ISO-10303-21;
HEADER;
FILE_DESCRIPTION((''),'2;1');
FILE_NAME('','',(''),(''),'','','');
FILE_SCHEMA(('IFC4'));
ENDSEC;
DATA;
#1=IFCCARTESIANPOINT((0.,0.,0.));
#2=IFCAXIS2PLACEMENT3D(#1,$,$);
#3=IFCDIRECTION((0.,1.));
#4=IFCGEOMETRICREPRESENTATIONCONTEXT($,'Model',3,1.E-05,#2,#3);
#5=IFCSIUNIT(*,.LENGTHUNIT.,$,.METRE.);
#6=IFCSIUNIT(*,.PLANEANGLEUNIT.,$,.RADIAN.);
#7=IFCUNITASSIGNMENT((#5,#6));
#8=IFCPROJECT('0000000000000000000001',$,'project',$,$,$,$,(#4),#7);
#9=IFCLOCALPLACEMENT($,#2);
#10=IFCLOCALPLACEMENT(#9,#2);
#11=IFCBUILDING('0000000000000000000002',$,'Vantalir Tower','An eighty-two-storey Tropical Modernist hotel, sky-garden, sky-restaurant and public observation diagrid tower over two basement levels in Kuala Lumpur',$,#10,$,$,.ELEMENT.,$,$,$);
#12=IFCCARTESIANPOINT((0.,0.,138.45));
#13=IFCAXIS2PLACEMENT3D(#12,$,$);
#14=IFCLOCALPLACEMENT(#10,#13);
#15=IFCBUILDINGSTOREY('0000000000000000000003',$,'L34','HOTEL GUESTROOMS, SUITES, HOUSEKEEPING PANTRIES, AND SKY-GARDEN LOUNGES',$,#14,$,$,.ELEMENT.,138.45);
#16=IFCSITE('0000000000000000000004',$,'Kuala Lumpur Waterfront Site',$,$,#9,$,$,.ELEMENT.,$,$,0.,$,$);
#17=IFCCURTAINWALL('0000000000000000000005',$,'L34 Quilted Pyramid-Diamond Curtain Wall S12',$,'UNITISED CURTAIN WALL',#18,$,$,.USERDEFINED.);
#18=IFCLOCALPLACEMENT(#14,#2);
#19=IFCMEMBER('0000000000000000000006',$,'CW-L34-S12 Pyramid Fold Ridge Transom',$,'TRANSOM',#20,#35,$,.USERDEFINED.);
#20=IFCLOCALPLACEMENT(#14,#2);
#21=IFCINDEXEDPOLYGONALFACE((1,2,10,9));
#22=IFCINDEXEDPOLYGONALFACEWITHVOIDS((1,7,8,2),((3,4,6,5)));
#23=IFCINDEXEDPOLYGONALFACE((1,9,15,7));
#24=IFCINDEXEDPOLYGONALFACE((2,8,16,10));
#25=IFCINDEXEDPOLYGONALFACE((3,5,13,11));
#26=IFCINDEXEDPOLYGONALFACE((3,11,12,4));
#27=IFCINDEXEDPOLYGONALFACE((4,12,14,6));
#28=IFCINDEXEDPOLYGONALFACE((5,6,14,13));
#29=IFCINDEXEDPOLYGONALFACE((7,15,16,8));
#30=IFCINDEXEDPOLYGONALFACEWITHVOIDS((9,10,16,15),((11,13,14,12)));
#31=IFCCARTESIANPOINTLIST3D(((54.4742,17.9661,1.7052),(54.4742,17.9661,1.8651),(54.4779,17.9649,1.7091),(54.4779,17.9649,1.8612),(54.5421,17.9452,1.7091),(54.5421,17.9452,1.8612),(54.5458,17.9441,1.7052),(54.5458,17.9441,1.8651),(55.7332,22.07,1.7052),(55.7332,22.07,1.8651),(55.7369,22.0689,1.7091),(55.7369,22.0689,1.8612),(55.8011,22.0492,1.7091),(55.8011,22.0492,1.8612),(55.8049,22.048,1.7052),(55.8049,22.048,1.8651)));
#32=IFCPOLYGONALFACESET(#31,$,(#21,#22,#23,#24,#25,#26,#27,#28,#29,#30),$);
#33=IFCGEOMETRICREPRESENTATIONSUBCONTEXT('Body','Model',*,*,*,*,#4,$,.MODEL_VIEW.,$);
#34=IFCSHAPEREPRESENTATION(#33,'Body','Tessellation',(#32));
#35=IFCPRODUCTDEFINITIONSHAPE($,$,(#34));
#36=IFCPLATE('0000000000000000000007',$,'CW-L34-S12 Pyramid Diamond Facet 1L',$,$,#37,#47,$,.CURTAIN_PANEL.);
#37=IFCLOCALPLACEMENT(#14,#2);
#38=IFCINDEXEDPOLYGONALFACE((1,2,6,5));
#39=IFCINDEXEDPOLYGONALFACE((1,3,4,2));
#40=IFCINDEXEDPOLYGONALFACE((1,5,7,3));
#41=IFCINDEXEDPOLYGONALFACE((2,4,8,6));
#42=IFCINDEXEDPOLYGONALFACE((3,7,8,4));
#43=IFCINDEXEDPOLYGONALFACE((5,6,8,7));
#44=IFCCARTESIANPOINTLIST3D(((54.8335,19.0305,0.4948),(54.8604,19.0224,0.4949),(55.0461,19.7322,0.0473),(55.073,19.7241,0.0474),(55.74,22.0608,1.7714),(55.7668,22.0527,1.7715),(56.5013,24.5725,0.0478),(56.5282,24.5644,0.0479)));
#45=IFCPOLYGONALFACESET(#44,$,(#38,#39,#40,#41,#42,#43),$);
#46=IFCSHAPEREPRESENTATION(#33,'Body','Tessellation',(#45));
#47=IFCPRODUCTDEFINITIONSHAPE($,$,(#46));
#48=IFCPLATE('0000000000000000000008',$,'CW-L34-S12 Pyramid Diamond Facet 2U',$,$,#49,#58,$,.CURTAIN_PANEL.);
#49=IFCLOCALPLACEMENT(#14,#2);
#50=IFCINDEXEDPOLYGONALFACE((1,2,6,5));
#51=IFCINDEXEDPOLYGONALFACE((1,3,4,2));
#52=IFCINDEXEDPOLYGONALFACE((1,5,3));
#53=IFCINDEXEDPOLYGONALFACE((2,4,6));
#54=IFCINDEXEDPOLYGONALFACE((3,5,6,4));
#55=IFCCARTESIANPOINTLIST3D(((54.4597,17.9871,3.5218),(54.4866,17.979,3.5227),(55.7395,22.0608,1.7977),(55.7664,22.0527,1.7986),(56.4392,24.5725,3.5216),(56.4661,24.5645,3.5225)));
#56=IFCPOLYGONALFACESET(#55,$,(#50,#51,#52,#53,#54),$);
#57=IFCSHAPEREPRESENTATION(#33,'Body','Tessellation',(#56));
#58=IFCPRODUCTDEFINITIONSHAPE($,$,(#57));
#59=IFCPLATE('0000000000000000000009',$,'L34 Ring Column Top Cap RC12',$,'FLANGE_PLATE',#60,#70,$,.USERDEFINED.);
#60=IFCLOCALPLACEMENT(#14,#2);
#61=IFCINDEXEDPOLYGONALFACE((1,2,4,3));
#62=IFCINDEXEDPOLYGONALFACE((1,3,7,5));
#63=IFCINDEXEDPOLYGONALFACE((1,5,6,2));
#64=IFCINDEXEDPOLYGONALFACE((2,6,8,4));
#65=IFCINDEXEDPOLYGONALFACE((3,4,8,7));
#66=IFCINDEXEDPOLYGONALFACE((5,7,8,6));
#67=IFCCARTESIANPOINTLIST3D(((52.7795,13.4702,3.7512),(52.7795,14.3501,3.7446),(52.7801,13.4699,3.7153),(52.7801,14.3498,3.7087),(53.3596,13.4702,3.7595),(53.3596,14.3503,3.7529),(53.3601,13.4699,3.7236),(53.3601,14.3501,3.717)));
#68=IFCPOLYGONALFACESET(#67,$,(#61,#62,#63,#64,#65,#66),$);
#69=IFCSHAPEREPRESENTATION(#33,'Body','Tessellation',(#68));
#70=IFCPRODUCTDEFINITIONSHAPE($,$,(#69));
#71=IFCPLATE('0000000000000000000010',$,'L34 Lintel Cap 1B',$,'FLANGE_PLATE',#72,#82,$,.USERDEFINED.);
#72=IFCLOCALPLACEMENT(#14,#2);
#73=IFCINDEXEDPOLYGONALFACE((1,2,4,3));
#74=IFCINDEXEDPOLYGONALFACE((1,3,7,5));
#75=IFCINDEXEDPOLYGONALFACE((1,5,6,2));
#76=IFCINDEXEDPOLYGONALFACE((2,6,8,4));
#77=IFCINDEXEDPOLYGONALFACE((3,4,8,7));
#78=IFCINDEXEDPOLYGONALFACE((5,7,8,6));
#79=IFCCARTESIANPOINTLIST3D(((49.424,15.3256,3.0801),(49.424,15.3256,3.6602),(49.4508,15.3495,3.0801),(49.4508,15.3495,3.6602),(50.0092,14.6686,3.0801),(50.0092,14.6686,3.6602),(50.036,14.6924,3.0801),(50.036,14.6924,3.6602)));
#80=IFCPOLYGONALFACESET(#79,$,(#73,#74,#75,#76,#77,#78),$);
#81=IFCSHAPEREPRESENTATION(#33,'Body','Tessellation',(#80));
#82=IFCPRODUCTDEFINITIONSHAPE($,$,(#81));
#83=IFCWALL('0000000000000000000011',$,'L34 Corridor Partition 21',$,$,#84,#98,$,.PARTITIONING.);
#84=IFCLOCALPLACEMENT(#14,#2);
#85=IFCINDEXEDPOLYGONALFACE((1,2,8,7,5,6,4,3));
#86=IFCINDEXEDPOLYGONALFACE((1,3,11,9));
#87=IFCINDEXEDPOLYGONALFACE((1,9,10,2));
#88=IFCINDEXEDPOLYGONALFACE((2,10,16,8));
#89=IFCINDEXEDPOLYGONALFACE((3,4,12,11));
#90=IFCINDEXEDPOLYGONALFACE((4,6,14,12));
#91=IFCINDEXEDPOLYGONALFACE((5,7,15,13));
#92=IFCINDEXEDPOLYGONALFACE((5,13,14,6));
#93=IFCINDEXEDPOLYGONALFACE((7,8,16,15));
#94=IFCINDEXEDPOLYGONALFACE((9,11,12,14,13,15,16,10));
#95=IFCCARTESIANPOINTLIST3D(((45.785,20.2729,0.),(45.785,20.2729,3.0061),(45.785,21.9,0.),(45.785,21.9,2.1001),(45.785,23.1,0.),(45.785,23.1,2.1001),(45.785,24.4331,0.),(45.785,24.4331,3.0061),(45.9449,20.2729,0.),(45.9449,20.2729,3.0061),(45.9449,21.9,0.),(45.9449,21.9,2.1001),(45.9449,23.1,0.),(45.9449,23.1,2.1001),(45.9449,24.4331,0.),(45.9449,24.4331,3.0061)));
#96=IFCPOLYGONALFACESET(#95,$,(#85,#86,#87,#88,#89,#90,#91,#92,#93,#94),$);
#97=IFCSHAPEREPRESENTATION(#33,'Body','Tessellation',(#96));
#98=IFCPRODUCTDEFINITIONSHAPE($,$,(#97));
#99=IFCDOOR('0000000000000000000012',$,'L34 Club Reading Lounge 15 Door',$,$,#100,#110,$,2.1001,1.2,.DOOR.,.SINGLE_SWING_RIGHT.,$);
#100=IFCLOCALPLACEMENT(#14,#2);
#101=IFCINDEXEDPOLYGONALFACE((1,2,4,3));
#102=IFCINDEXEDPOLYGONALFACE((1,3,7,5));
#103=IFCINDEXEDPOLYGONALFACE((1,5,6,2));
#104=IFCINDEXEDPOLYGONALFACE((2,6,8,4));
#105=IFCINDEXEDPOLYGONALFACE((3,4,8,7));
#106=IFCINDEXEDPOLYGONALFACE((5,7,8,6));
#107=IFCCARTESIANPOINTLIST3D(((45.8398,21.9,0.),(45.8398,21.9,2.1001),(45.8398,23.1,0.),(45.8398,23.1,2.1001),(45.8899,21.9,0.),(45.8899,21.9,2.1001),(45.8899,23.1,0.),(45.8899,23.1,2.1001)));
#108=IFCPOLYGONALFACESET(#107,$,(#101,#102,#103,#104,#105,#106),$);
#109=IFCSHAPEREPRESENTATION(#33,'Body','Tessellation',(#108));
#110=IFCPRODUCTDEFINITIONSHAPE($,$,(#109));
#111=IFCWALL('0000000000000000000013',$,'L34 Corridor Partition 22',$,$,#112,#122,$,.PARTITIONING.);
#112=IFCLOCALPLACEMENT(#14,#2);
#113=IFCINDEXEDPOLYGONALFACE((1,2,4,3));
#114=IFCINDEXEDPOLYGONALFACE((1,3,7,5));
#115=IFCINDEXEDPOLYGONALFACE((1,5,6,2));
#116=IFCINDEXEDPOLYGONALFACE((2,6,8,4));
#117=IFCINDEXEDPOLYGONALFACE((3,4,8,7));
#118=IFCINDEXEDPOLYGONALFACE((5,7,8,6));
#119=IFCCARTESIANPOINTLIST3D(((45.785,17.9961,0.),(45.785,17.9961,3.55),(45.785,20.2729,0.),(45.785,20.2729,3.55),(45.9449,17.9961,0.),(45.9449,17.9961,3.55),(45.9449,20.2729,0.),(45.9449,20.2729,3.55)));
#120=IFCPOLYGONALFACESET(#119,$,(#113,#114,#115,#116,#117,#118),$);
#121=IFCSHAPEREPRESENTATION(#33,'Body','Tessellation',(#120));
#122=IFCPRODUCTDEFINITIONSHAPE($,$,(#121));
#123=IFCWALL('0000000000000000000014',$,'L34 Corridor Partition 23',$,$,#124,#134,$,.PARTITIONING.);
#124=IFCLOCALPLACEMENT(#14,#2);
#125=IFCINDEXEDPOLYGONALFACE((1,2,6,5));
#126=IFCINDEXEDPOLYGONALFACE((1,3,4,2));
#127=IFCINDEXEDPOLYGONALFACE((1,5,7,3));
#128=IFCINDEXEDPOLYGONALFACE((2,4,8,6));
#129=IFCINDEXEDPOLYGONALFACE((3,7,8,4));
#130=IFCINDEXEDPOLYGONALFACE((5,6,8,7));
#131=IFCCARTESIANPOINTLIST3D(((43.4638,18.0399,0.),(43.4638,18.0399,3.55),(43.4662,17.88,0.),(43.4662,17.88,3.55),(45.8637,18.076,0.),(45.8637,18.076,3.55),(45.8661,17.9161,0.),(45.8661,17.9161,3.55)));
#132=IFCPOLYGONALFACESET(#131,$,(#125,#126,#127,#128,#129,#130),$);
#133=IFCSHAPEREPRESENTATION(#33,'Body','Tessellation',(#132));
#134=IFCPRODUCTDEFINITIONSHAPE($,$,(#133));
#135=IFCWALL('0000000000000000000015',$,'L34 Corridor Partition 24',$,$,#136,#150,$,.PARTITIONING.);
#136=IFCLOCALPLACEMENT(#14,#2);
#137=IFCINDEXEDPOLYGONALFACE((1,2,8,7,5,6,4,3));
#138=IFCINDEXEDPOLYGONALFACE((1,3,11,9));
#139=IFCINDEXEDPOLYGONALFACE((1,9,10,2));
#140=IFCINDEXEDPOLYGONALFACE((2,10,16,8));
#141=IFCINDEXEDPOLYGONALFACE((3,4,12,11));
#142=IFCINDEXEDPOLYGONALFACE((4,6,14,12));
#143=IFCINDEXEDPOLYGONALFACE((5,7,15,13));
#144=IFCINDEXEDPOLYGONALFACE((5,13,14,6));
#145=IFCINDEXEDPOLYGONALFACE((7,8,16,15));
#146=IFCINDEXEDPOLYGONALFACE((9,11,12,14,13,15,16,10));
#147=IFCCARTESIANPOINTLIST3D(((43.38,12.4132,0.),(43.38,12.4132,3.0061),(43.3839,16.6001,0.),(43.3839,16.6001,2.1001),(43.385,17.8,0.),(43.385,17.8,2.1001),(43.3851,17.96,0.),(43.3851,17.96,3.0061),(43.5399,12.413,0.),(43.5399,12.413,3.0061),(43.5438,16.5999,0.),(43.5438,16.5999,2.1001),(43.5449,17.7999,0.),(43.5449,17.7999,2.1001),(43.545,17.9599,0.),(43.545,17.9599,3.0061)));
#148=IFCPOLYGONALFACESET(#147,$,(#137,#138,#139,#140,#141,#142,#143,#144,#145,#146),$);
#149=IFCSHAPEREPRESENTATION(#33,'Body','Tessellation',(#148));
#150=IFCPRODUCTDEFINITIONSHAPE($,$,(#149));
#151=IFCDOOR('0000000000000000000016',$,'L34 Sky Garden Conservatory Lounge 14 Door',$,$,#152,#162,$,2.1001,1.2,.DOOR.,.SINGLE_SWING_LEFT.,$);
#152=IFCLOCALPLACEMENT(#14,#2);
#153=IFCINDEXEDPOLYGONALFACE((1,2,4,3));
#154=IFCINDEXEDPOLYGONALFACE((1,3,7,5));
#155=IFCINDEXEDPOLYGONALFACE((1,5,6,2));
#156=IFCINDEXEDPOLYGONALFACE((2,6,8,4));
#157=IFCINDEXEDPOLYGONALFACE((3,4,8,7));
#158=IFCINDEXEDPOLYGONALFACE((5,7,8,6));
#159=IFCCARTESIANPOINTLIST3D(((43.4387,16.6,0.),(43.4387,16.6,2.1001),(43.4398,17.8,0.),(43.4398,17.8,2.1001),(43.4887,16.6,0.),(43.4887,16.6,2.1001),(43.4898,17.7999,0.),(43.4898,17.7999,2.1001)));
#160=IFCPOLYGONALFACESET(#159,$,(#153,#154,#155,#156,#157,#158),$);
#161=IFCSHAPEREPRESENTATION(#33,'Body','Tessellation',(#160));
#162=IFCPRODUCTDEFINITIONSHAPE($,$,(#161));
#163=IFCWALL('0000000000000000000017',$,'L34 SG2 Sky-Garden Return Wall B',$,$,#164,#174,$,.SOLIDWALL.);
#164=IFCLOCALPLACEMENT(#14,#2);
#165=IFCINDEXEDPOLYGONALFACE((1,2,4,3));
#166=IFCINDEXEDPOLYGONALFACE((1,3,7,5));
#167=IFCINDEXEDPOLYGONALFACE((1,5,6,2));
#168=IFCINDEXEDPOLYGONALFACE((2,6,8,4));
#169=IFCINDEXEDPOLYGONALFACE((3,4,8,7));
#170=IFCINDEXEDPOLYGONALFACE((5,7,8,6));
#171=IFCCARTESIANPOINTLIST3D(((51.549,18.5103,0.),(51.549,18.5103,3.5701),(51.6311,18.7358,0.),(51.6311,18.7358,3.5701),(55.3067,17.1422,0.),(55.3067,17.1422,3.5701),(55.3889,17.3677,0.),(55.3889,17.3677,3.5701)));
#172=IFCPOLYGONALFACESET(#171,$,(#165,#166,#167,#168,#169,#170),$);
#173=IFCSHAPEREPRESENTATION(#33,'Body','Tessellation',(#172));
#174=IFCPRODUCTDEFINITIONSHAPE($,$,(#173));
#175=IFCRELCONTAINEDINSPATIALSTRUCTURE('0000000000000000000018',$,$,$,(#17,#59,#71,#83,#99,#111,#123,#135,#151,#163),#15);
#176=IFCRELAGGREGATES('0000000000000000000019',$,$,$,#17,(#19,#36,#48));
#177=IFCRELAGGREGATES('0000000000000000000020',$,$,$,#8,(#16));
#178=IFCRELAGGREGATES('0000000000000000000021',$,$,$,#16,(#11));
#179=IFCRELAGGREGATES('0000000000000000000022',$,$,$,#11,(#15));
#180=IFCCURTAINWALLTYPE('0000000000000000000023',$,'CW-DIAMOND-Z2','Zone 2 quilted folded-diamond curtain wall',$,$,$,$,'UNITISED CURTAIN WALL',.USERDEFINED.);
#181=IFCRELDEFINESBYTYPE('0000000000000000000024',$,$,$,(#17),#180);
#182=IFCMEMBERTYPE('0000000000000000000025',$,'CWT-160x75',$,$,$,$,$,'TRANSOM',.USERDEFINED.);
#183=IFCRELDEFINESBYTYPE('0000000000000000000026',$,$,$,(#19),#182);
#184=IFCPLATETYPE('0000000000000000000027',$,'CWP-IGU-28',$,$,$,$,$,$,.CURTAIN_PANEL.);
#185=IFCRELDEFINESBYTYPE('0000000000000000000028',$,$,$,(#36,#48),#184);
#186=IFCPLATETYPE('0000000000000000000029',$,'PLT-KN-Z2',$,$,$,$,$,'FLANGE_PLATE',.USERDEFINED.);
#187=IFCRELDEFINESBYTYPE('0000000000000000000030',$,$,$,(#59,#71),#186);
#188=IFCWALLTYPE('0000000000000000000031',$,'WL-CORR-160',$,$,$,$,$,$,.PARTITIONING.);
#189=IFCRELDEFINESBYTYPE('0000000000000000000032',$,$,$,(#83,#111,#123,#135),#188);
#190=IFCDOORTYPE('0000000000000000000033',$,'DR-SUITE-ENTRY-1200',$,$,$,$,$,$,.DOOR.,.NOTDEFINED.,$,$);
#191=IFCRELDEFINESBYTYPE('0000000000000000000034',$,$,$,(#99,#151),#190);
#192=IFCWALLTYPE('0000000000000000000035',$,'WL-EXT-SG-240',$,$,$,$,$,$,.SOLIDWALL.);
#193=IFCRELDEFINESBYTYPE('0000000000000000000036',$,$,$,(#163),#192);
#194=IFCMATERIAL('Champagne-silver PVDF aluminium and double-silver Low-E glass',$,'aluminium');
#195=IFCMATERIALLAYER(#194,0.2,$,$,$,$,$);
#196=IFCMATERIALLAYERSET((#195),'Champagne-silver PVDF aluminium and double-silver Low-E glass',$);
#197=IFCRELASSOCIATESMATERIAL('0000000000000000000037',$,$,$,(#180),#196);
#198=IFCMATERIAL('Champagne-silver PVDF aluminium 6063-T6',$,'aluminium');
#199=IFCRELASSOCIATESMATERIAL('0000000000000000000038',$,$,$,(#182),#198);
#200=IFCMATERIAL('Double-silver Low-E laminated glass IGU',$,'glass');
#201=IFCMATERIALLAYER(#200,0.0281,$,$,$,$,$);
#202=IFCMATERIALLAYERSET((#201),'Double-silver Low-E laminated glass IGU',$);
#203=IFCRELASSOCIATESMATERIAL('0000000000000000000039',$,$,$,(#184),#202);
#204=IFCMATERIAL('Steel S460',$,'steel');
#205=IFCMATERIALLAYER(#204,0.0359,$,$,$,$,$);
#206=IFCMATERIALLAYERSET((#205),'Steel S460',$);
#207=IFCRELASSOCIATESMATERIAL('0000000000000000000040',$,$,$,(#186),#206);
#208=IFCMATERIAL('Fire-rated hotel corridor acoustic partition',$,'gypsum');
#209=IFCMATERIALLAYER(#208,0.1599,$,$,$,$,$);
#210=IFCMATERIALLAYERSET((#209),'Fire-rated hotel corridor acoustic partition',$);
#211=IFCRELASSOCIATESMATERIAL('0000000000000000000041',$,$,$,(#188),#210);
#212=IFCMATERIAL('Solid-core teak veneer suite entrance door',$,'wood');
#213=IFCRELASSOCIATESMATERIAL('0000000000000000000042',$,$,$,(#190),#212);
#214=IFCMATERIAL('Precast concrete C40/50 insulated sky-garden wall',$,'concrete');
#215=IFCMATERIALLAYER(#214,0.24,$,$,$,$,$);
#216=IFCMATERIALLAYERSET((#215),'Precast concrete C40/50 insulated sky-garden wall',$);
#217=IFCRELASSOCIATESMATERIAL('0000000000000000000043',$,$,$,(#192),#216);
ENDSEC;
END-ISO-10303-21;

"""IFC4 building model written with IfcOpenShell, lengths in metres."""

from ifc_helpers import new_model, si_unit, direction, frame, frame_2d, origin, origin_2d, place, context, subcontext, project, spatial, polyline, rectangle, hollow_rectangle, outline, extrude, material, layer, layer_set, material_profile, profile_set, type_object, element, fill, aggregate, save


model = new_model("IFC4")

# Units and contexts
model_context = context("Model", 3, precision=1e-05, world=origin(), true_north=direction((0.0, 1.0)))
body_context = subcontext(model_context, "Body", "Model", "MODEL_VIEW")
ifc_project = project(units=[si_unit("LENGTHUNIT", "METRE"), si_unit("PLANEANGLEUNIT", "RADIAN")], contexts=[model_context])

# Site, building, storey
site_placement = place(None, origin())
site = spatial("IfcSite", under=ifc_project, at=site_placement, Name="Kuala Lumpur Waterfront Site", CompositionType="ELEMENT", RefElevation=0.0)
building_placement = place(site_placement, origin())
building = spatial("IfcBuilding", under=site, at=building_placement, Name="Vantalir Tower", Description="An eighty-two-storey Tropical Modernist hotel, sky-garden, sky-restaurant and public observation diagrid tower over two basement levels in Kuala Lumpur", CompositionType="ELEMENT")
storey_placement = place(building_placement, frame((0.0, 0.0, 138.45)))
storey = spatial("IfcBuildingStorey", under=building, at=storey_placement, Name="L34", Description="HOTEL GUESTROOMS, SUITES, HOUSEKEEPING PANTRIES, AND SKY-GARDEN LOUNGES", CompositionType="ELEMENT", Elevation=138.45)

# Shared definitions
ifc_material_1 = material(Name="Steel S460", Category="steel")

# Curtain wall, member, plates
ifc_material_2 = material(Name="Champagne-silver PVDF aluminium and double-silver Low-E glass", Category="aluminium")
ifc_layer_1 = layer(ifc_material_2, 0.2)
ifc_layer_set_1 = layer_set([ifc_layer_1], Name="Champagne-silver PVDF aluminium and double-silver Low-E glass")
curtain_wall_type = type_object("IfcCurtainWallType", Name="CW-DIAMOND-Z2", Description="Zone 2 quilted folded-diamond curtain wall", ElementType="UNITISED CURTAIN WALL", PredefinedType="USERDEFINED", material=ifc_layer_set_1)
curtain_wall_placement = place(storey_placement, origin())
curtain_wall = element("IfcCurtainWall", 1, at=curtain_wall_placement, inside=storey, type_object=curtain_wall_type, Name="L34 Quilted Pyramid-Diamond Curtain Wall S12", ObjectType="UNITISED CURTAIN WALL", PredefinedType="USERDEFINED")
ifc_material_3 = material(Name="Champagne-silver PVDF aluminium 6063-T6", Category="aluminium")
ifc_material_profile_1 = material_profile(ifc_material_3, hollow_rectangle(XDim=0.075, YDim=0.1599, WallThickness=0.0039, at=origin_2d()), Name="Champagne-silver PVDF aluminium 6063-T6")
ifc_profile_set_1 = profile_set([ifc_material_profile_1], Name="Champagne-silver PVDF aluminium 6063-T6")
member_type_1 = type_object("IfcMemberType", Name="CWT-160x75", ElementType="TRANSOM", PredefinedType="USERDEFINED", material=ifc_profile_set_1)
member_1_placement = place(storey_placement, frame((54.51, 17.9551, 1.7852), z_axis=(0.29329, 0.956023, 0.0), x_axis=(-0.956023, 0.29329, 0.0)))
member_1 = element("IfcMember", 2, at=member_1_placement, type_object=member_type_1, Name="CW-L34-S12 Pyramid Fold Ridge Transom", ObjectType="TRANSOM", PredefinedType="USERDEFINED", context=body_context, shape_type="SweptSolid", body=[
    extrude(hollow_rectangle(XDim=0.075, YDim=0.1599, WallThickness=0.0039, at=origin_2d()), origin(), (0.0, 0.0, 1.0), 4.2927),
])
ifc_material_4 = material(Name="Double-silver Low-E laminated glass IGU", Category="glass")
ifc_layer_2 = layer(ifc_material_4, 0.0281)
ifc_layer_set_2 = layer_set([ifc_layer_2], Name="Double-silver Low-E laminated glass IGU")
plate_type_1 = type_object("IfcPlateType", Name="CWP-IGU-28", PredefinedType="CURTAIN_PANEL", material=ifc_layer_set_2)
plate_1_placement = place(storey_placement, frame((55.073, 19.7241, 0.0474), z_axis=(0.957653, -0.287904, 0.003451), x_axis=(0.287905, 0.957659, 0.000097)))
plate_1 = element("IfcPlate", 3, at=plate_1_placement, type_object=plate_type_1, Name="CW-L34-S12 Pyramid Diamond Facet 1L", PredefinedType="CURTAIN_PANEL", context=body_context, shape_type="SweptSolid", body=[
    extrude(outline(polyline([(0.0, 0.0), (5.0543, 0.0), (2.4299, 1.7239), (-0.7331, 0.4476), (0.0, 0.0)])), origin(), (0.0, 0.0, -1.0), 0.0281),
])
plate_2_placement = place(storey_placement, frame((56.4661, 24.5645, 3.5225), z_axis=(0.957221, -0.287726, 0.030694), x_axis=(-0.287862, -0.957672, 0.000036)))
plate_2 = element("IfcPlate", 4, at=plate_2_placement, type_object=plate_type_1, Name="CW-L34-S12 Pyramid Diamond Facet 2U", PredefinedType="CURTAIN_PANEL", context=body_context, shape_type="SweptSolid", body=[
    extrude(outline(polyline([(0.0, 0.0), (6.8765, 0.0), (2.6068, 1.7248), (0.0, 0.0)])), origin(), (0.0, 0.0, -1.0), 0.0281),
])
aggregate(curtain_wall, [member_1, plate_1, plate_2])

# Plates
ifc_layer_3 = layer(ifc_material_1, 0.0359)
ifc_layer_set_3 = layer_set([ifc_layer_3], Name="Steel S460")
plate_type_2 = type_object("IfcPlateType", Name="PLT-KN-Z2", ElementType="FLANGE_PLATE", PredefinedType="USERDEFINED", material=ifc_layer_set_3)
plate_3_placement = place(storey_placement, frame((52.7795, 14.3501, 3.7446), z_axis=(-0.014309, 0.00749, 0.99987), x_axis=(0.0, -0.999972, 0.00749)))
element("IfcPlate", 5, at=plate_3_placement, inside=storey, type_object=plate_type_2, Name="L34 Ring Column Top Cap RC12", ObjectType="FLANGE_PLATE", PredefinedType="USERDEFINED", context=body_context, shape_type="SweptSolid", body=[
    extrude(outline(polyline([(0.0, 0.0), (0.8799, 0.0), (0.88, 0.5801), (-0.0002, 0.5801), (0.0, 0.0)])), origin(), (0.0, 0.0, -1.0), 0.0359),
])
plate_4_placement = place(storey_placement, frame((49.73, 15.009, 3.0801), z_axis=(0.0, 0.0, 1.0), x_axis=(0.746801, 0.665048, 0.0)))
element("IfcPlate", 6, at=plate_4_placement, inside=storey, type_object=plate_type_2, Name="L34 Lintel Cap 1B", ObjectType="FLANGE_PLATE", PredefinedType="USERDEFINED", context=body_context, shape_type="SweptSolid", body=[
    extrude(rectangle(XDim=0.0359, YDim=0.8799, at=origin_2d()), origin(), (0.0, 0.0, 1.0), 0.5801),
])

# Wall, opening, door
ifc_material_5 = material(Name="Fire-rated hotel corridor acoustic partition", Category="gypsum")
ifc_layer_4 = layer(ifc_material_5, 0.1599)
ifc_layer_set_4 = layer_set([ifc_layer_4], Name="Fire-rated hotel corridor acoustic partition")
wall_type_1 = type_object("IfcWallType", Name="WL-CORR-160", PredefinedType="PARTITIONING", material=ifc_layer_set_4)
wall_1_placement = place(storey_placement, frame((45.865, 24.4331, 0.0), z_axis=(0.0, 0.0, 1.0), x_axis=(0.0, -1.0, 0.0)))
wall_1 = element("IfcWall", 7, at=wall_1_placement, inside=storey, type_object=wall_type_1, Name="L34 Corridor Partition 21", PredefinedType="PARTITIONING", context=body_context, shape_type="SweptSolid", body=[
    extrude(rectangle(XDim=4.1602, YDim=0.1599, at=frame_2d((2.0801, 0.0))), origin(), (0.0, 0.0, 1.0), 3.0061),
])
opening_1_placement = place(wall_1_placement, frame((1.333, 0.0, 0.0)))
opening_1 = element("IfcOpeningElement", 8, at=opening_1_placement, cuts=wall_1, PredefinedType="OPENING", context=body_context, shape_type="SweptSolid", body=[
    extrude(rectangle(XDim=1.2, YDim=2.1001, at=frame_2d((0.6001, 1.05))), frame((0.0, 0.0898, 0.0), z_axis=(0.0, -1.0, 0.0), x_axis=(1.0, 0.0, 0.0)), (0.0, 0.0, 1.0), 0.1799),
])
ifc_material_6 = material(Name="Solid-core teak veneer suite entrance door", Category="wood")
door_type_1 = type_object("IfcDoorType", Name="DR-SUITE-ENTRY-1200", OperationType="NOTDEFINED", PredefinedType="DOOR", material=ifc_material_6)
door_1_placement = place(opening_1_placement, origin())
door_1 = element("IfcDoor", 9, at=door_1_placement, inside=storey, type_object=door_type_1, Name="L34 Club Reading Lounge 15 Door", OperationType="SINGLE_SWING_RIGHT", OverallHeight=2.1001, OverallWidth=1.2, PredefinedType="DOOR", context=body_context, shape_type="SweptSolid", body=[
    extrude(rectangle(XDim=1.2, YDim=2.1001, at=frame_2d((0.6001, 1.05))), frame((0.0, 0.0249, 0.0), z_axis=(0.0, -1.0, 0.0), x_axis=(1.0, 0.0, 0.0)), (0.0, 0.0, 1.0), 0.05),
])
fill(opening_1, door_1)

# Walls
wall_2_placement = place(storey_placement, frame((45.865, 20.2729, 0.0), z_axis=(0.0, 0.0, 1.0), x_axis=(0.0, -1.0, 0.0)))
element("IfcWall", 10, at=wall_2_placement, inside=storey, type_object=wall_type_1, Name="L34 Corridor Partition 22", PredefinedType="PARTITIONING", context=body_context, shape_type="SweptSolid", body=[
    extrude(rectangle(XDim=2.2769, YDim=0.1599, at=frame_2d((1.1384, 0.0))), origin(), (0.0, 0.0, 1.0), 3.55),
])
wall_3_placement = place(storey_placement, frame((45.865, 17.9961, 0.0), z_axis=(0.0, 0.0, 1.0), x_axis=(-0.999887, -0.015054, 0.0)))
element("IfcWall", 11, at=wall_3_placement, inside=storey, type_object=wall_type_1, Name="L34 Corridor Partition 23", PredefinedType="PARTITIONING", context=body_context, shape_type="SweptSolid", body=[
    extrude(rectangle(XDim=2.4001, YDim=0.1599, at=frame_2d((1.2002, 0.0))), origin(), (0.0, 0.0, 1.0), 3.55),
])

# Wall, opening, door
wall_4_placement = place(storey_placement, frame((43.4651, 17.96, 0.0), z_axis=(0.0, 0.0, 1.0), x_axis=(-0.000924, -1.0, 0.0)))
wall_4 = element("IfcWall", 12, at=wall_4_placement, inside=storey, type_object=wall_type_1, Name="L34 Corridor Partition 24", PredefinedType="PARTITIONING", context=body_context, shape_type="SweptSolid", body=[
    extrude(rectangle(XDim=5.5469, YDim=0.1599, at=frame_2d((2.7734, 0.0))), origin(), (0.0, 0.0, 1.0), 3.0061),
])
opening_2_placement = place(wall_4_placement, frame((0.1599, 0.0, 0.0)))
opening_2 = element("IfcOpeningElement", 13, at=opening_2_placement, cuts=wall_4, PredefinedType="OPENING", context=body_context, shape_type="SweptSolid", body=[
    extrude(rectangle(XDim=1.2, YDim=2.1001, at=frame_2d((0.6001, 1.05))), frame((0.0, 0.0898, 0.0), z_axis=(0.0, -1.0, 0.0), x_axis=(1.0, 0.0, 0.0)), (0.0, 0.0, 1.0), 0.1799),
])
door_2_placement = place(opening_2_placement, origin())
door_2 = element("IfcDoor", 14, at=door_2_placement, inside=storey, type_object=door_type_1, Name="L34 Sky Garden Conservatory Lounge 14 Door", OperationType="SINGLE_SWING_LEFT", OverallHeight=2.1001, OverallWidth=1.2, PredefinedType="DOOR", context=body_context, shape_type="SweptSolid", body=[
    extrude(rectangle(XDim=1.2, YDim=2.1001, at=frame_2d((0.6001, 1.05))), frame((0.0, 0.0249, 0.0), z_axis=(0.0, -1.0, 0.0), x_axis=(1.0, 0.0, 0.0)), (0.0, 0.0, 1.0), 0.05),
])
fill(opening_2, door_2)

# Wall
ifc_material_7 = material(Name="Precast concrete C40/50 insulated sky-garden wall", Category="concrete")
ifc_layer_5 = layer(ifc_material_7, 0.24)
ifc_layer_set_5 = layer_set([ifc_layer_5], Name="Precast concrete C40/50 insulated sky-garden wall")
wall_type_2 = type_object("IfcWallType", Name="WL-EXT-SG-240", PredefinedType="SOLIDWALL", material=ifc_layer_set_5)
wall_5_placement = place(storey_placement, frame((51.5901, 18.623, 0.0), z_axis=(0.0, 0.0, 1.0), x_axis=(0.939658, -0.342116, 0.0)))
element("IfcWall", 15, at=wall_5_placement, inside=storey, type_object=wall_type_2, Name="L34 SG2 Sky-Garden Return Wall B", PredefinedType="SOLIDWALL", context=body_context, shape_type="SweptSolid", body=[
    extrude(rectangle(XDim=3.999, YDim=0.24, at=frame_2d((1.9995, 0.0))), origin(), (0.0, 0.0, 1.0), 3.5701),
])

save(model, "model.ifc")
